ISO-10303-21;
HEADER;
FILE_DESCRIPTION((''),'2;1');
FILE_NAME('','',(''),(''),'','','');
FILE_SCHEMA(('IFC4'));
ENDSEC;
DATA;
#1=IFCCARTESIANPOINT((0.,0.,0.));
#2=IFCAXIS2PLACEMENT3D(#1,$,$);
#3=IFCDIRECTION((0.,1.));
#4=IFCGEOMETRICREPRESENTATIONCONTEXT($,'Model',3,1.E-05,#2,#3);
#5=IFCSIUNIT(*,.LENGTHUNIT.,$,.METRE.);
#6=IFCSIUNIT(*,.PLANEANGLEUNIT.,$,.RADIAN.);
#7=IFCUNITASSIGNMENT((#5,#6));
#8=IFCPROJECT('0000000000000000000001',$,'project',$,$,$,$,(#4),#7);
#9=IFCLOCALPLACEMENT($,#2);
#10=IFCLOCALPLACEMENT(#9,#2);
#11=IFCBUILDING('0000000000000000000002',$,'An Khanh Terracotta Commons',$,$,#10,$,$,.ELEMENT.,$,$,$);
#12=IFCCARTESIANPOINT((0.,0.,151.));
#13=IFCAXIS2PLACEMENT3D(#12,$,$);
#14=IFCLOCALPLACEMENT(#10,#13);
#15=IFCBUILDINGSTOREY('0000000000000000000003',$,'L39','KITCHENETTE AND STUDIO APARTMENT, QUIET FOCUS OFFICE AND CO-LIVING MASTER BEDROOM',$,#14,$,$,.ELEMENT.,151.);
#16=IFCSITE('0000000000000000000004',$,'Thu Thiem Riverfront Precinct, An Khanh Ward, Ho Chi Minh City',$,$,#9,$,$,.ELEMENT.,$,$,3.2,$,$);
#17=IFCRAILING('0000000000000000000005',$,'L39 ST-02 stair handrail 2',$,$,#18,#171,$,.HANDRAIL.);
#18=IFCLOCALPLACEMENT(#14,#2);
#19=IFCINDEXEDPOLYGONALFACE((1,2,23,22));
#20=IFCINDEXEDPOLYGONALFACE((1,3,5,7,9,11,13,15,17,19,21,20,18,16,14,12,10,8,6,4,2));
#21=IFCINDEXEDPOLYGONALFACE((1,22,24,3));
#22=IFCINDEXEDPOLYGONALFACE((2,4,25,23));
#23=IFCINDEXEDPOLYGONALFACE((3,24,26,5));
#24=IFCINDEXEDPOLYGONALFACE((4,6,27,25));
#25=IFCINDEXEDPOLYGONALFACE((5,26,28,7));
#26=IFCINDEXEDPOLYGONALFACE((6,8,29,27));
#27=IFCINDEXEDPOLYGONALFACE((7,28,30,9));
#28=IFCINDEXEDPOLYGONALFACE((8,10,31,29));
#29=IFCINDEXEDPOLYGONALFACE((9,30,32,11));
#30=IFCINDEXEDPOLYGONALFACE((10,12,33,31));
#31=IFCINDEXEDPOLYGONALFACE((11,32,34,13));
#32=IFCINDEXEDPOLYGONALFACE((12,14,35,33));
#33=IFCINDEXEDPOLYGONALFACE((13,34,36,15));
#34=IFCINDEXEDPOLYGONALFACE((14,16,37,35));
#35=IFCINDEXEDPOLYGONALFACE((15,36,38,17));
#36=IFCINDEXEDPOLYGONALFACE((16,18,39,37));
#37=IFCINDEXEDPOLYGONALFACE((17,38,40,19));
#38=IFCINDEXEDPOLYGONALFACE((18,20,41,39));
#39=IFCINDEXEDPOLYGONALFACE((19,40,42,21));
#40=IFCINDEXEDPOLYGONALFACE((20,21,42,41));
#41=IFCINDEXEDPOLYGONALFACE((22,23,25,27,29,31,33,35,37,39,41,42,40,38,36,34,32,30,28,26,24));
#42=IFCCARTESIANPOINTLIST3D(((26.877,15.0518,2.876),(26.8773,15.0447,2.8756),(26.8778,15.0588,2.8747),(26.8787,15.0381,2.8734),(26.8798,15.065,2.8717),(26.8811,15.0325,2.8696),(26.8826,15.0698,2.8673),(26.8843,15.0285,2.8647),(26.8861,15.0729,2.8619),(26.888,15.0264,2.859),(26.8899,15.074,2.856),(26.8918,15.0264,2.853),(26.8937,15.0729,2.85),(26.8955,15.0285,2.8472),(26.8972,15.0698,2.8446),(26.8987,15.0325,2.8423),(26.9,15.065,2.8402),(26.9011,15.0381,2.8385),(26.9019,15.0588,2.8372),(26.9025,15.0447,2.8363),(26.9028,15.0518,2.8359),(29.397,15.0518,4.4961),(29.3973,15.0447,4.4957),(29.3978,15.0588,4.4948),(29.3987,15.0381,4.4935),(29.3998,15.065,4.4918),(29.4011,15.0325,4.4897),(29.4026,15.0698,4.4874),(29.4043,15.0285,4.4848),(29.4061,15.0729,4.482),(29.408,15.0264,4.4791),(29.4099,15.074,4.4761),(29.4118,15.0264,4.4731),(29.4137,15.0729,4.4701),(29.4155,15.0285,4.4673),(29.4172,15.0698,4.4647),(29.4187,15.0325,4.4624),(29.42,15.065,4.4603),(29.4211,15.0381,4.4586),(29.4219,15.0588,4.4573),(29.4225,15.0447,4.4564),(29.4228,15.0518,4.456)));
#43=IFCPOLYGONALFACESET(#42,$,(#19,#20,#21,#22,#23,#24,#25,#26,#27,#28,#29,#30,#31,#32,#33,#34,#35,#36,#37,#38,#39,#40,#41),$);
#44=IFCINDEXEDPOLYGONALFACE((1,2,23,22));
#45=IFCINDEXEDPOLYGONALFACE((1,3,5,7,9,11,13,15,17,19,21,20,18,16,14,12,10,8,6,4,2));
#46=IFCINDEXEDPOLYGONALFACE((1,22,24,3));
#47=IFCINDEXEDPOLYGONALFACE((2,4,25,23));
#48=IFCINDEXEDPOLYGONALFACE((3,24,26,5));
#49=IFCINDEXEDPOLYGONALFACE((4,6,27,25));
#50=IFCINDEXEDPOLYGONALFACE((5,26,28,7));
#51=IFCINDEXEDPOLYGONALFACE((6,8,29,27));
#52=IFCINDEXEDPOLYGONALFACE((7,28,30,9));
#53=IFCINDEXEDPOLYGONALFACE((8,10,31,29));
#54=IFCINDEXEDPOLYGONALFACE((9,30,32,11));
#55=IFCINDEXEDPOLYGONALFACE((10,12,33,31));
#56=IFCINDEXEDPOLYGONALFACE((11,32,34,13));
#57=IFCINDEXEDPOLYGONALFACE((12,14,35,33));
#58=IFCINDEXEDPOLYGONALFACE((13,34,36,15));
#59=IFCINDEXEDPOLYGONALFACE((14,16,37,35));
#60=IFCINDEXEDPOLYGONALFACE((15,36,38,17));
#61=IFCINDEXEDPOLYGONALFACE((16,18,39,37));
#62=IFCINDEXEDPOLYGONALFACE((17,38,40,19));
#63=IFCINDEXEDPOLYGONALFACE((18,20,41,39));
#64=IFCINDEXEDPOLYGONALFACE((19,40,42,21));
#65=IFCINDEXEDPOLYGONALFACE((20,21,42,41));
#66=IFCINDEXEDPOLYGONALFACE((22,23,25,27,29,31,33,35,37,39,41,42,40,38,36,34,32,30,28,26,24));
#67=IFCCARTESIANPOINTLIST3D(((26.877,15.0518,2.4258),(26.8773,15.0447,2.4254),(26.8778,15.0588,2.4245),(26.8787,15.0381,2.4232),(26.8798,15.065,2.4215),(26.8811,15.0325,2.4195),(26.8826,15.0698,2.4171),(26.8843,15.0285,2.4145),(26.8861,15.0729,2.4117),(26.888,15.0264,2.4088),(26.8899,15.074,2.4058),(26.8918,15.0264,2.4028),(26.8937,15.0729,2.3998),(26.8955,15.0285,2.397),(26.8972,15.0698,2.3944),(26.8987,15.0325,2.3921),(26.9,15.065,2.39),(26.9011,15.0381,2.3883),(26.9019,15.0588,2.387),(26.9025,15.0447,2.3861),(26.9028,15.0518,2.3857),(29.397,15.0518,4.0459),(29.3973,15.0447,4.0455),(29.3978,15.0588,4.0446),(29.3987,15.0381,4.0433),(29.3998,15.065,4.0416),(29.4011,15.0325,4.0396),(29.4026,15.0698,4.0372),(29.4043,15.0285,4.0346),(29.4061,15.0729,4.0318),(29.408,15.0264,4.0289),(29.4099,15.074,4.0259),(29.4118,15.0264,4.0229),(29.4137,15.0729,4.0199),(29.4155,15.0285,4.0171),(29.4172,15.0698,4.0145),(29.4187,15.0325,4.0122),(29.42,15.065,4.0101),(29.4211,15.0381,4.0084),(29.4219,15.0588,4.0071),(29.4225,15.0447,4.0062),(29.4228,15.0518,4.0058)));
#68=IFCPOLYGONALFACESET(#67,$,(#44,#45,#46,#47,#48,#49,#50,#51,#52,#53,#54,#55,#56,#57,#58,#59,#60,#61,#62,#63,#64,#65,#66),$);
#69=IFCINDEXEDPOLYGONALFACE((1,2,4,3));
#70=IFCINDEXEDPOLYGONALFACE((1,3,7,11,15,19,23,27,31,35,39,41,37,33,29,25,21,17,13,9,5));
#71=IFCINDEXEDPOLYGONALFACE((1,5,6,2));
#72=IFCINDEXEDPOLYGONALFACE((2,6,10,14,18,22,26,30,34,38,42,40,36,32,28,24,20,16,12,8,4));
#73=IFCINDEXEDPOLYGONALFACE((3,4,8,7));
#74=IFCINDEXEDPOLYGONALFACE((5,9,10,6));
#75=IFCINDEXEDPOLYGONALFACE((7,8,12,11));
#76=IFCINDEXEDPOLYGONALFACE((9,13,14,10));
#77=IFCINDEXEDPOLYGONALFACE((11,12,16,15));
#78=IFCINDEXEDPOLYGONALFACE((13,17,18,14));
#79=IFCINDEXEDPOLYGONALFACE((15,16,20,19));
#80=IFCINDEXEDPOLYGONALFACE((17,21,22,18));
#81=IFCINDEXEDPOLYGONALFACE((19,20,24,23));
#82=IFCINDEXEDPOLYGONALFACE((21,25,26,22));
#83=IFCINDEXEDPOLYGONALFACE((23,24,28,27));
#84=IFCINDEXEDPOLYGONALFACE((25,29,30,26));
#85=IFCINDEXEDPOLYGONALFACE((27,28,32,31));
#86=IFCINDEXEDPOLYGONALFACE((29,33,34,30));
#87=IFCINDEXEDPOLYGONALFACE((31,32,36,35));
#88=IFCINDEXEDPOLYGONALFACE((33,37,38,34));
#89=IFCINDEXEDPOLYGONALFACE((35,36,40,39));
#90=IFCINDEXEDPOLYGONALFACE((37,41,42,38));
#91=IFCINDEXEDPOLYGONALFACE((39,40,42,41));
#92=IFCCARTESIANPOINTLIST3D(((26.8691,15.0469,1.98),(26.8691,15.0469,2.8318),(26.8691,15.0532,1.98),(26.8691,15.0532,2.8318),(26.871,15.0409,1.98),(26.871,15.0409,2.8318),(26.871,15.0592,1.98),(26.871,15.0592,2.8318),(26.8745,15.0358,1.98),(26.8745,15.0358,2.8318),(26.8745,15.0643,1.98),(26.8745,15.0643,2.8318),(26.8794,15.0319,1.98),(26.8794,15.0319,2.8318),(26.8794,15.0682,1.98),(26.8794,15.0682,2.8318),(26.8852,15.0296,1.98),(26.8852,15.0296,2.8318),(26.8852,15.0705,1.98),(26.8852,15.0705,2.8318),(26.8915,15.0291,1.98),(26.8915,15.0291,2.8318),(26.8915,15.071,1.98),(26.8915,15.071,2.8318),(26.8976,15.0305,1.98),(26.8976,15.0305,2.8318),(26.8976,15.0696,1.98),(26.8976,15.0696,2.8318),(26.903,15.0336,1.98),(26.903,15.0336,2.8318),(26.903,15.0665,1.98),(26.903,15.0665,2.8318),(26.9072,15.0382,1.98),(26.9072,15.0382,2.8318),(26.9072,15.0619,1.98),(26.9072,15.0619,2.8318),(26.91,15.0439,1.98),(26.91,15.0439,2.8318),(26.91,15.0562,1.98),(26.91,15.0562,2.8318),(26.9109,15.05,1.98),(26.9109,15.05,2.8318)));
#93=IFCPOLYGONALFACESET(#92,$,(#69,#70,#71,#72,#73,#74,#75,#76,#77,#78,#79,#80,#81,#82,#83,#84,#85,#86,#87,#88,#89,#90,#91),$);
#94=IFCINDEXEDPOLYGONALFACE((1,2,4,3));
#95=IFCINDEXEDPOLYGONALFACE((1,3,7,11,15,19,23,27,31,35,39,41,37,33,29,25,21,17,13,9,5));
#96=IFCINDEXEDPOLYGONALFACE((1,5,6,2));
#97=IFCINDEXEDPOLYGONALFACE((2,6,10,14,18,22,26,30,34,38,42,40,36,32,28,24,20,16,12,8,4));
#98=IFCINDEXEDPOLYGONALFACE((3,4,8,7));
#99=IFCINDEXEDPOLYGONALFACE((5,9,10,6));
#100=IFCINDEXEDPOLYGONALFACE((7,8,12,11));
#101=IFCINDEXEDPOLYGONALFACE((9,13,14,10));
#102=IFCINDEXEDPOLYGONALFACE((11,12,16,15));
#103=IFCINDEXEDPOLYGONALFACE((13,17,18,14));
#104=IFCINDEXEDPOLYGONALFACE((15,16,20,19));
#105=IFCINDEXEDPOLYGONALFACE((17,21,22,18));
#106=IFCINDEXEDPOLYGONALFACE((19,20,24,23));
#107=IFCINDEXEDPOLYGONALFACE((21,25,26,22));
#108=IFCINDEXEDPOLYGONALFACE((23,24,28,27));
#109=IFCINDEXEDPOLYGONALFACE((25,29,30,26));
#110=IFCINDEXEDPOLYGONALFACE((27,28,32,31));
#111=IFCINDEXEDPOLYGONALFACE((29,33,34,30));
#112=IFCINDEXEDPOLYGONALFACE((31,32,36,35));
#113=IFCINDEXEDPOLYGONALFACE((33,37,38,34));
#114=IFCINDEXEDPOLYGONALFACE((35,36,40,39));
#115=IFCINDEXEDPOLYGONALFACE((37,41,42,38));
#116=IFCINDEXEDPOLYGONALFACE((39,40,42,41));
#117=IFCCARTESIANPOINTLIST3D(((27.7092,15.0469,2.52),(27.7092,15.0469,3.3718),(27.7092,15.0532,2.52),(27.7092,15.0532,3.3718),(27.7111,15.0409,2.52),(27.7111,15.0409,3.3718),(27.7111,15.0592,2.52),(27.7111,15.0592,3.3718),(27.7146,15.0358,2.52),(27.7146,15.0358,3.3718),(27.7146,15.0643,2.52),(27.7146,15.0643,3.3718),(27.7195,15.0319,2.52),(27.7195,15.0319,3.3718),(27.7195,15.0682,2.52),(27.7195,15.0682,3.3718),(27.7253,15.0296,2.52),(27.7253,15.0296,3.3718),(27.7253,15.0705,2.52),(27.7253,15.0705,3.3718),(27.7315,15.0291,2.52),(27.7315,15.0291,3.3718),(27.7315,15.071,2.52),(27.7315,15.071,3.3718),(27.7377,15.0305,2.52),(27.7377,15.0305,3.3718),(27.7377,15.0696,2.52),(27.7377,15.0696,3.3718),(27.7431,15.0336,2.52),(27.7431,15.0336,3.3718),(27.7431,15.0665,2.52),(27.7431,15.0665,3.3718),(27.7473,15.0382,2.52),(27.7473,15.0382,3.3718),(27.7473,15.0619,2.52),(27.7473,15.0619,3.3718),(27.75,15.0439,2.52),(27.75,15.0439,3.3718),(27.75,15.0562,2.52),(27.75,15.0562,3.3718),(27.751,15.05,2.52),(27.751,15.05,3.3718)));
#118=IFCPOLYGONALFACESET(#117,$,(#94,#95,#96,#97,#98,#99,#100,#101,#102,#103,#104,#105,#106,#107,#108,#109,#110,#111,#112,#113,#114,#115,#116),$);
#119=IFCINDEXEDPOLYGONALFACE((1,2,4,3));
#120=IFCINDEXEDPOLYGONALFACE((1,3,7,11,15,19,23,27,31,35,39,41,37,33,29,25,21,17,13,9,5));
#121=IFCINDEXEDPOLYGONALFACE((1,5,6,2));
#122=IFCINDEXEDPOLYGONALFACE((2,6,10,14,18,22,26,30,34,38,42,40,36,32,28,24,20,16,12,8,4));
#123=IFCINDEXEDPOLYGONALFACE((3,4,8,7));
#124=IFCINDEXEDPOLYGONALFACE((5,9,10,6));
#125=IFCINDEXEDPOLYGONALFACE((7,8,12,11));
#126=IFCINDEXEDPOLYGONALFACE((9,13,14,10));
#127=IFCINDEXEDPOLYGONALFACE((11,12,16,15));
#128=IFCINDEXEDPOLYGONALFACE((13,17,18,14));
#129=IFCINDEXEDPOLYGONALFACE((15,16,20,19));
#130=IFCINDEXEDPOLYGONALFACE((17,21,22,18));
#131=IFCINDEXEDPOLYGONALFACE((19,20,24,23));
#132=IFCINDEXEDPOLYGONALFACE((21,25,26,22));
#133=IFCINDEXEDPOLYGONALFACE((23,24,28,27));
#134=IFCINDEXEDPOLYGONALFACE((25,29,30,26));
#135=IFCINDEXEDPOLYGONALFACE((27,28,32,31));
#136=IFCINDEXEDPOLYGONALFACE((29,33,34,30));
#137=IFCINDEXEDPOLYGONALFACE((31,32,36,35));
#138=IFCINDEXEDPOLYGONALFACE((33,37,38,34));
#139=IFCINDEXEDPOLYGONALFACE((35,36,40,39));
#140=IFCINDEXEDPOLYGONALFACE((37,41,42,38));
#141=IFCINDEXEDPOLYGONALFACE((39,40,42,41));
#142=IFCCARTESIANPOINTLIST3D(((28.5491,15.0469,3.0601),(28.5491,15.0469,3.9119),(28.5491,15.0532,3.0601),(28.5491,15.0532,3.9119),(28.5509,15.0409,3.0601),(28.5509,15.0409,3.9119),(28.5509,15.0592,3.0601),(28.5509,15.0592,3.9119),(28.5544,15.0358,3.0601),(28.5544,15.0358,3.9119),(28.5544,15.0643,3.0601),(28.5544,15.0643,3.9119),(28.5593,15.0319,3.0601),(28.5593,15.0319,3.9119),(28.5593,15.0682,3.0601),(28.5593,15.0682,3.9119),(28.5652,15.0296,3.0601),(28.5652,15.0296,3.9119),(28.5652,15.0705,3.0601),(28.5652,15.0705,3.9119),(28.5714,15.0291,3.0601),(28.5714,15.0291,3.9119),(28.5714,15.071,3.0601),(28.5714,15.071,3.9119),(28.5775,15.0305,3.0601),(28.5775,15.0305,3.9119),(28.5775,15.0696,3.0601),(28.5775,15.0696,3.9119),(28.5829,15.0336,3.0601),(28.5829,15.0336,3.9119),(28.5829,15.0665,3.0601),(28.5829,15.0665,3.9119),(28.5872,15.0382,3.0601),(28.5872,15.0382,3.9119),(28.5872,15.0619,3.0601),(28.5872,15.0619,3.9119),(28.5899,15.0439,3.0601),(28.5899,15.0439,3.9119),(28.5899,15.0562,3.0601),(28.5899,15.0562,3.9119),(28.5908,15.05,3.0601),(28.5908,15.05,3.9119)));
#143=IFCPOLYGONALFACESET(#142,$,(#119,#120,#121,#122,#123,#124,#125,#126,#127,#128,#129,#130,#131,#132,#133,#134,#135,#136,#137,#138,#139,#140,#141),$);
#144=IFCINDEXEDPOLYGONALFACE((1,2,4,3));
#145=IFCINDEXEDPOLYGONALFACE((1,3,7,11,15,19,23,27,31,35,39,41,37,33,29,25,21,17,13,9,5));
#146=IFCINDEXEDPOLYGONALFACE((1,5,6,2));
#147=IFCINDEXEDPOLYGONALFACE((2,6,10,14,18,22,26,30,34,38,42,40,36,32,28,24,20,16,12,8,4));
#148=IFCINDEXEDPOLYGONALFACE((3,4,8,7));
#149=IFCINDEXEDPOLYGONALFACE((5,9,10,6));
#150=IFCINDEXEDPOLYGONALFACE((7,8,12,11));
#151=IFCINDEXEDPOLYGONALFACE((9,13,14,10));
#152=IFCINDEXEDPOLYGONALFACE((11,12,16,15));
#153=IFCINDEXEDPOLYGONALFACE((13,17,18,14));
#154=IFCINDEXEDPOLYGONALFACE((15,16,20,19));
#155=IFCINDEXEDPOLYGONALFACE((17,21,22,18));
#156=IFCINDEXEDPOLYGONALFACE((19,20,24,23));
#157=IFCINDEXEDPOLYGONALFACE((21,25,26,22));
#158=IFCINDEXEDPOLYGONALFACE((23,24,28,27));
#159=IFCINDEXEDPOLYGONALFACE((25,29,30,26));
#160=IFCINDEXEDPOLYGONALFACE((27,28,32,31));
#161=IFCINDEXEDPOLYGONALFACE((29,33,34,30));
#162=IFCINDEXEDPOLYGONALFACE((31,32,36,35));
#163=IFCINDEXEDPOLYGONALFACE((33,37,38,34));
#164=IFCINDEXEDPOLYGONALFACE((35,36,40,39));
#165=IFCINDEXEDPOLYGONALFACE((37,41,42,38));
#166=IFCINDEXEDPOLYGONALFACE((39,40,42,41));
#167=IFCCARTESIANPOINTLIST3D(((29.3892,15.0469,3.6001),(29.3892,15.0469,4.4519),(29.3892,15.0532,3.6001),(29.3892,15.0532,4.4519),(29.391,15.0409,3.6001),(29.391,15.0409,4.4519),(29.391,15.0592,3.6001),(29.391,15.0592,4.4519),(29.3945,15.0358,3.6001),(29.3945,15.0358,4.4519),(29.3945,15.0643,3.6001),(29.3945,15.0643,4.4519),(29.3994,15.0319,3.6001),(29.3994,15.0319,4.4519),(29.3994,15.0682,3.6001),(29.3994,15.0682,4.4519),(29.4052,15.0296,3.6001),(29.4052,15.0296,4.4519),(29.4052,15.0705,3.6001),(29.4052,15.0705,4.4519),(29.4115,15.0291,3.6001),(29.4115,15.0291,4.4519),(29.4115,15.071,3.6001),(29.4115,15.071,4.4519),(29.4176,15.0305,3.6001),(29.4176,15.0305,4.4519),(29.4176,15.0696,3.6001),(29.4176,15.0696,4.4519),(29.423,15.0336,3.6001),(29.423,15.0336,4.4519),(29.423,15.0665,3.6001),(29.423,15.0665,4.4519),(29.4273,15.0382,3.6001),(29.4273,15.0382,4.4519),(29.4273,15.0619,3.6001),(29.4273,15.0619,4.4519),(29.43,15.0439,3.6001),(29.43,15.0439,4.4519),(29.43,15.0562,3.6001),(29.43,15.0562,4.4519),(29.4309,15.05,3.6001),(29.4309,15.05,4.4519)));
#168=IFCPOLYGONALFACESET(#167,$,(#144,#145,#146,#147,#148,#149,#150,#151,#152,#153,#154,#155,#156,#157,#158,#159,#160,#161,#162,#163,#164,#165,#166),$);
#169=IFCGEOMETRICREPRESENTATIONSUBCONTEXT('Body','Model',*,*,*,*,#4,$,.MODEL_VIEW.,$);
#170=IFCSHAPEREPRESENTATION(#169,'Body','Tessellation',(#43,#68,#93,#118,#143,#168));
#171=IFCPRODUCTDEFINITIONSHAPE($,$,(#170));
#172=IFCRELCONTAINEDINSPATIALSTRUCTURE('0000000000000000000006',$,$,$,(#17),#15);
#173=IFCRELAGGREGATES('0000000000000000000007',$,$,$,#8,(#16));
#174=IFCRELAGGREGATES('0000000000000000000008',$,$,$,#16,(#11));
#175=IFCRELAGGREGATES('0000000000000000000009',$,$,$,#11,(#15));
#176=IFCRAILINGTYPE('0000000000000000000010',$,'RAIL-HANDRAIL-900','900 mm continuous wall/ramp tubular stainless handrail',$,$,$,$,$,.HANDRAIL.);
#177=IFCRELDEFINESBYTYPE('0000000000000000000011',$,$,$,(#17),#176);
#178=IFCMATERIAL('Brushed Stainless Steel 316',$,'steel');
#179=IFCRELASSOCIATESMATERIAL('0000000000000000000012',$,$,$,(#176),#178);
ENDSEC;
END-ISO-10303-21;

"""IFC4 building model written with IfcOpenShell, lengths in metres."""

from ifc_helpers import new_model, si_unit, direction, frame, origin, origin_2d, place, context, subcontext, project, spatial, circle, extrude, material, type_object, element, save


model = new_model("IFC4")

# Units and contexts
model_context = context("Model", 3, precision=1e-05, world=origin(), true_north=direction((0.0, 1.0)))
body_context = subcontext(model_context, "Body", "Model", "MODEL_VIEW")
ifc_project = project(units=[si_unit("LENGTHUNIT", "METRE"), si_unit("PLANEANGLEUNIT", "RADIAN")], contexts=[model_context])

# Site, building, storey
site_placement = place(None, origin())
site = spatial("IfcSite", under=ifc_project, at=site_placement, Name="Thu Thiem Riverfront Precinct, An Khanh Ward, Ho Chi Minh City", CompositionType="ELEMENT", RefElevation=3.2)
building_placement = place(site_placement, origin())
building = spatial("IfcBuilding", under=site, at=building_placement, Name="An Khanh Terracotta Commons", CompositionType="ELEMENT")
storey_placement = place(building_placement, frame((0.0, 0.0, 151.0)))
storey = spatial("IfcBuildingStorey", under=building, at=storey_placement, Name="L39", Description="KITCHENETTE AND STUDIO APARTMENT, QUIET FOCUS OFFICE AND CO-LIVING MASTER BEDROOM", CompositionType="ELEMENT", Elevation=151.0)

# Railing
ifc_material_1 = material(Name="Brushed Stainless Steel 316", Category="steel")
railing_type_1 = type_object("IfcRailingType", Name="RAIL-HANDRAIL-900", Description="900 mm continuous wall/ramp tubular stainless handrail", PredefinedType="HANDRAIL", material=ifc_material_1)
railing_1_placement = place(storey_placement, frame((26.8899, 15.05, 1.98)))
element("IfcRailing", 1, at=railing_1_placement, inside=storey, type_object=railing_type_1, Name="L39 ST-02 stair handrail 2", PredefinedType="HANDRAIL", context=body_context, shape_type="SweptSolid", body=[
    extrude(circle(Radius=0.0239, at=origin_2d()), frame((0.0, 0.0, 0.876), z_axis=(0.841163, 0.0, 0.540782), x_axis=(0.0, 1.0, 0.0)), (0.0, 0.0, 1.0), 2.9958),
    extrude(circle(Radius=0.0239, at=origin_2d()), frame((0.0, 0.0, 0.4258), z_axis=(0.841163, 0.0, 0.540782), x_axis=(0.0, 1.0, 0.0)), (0.0, 0.0, 1.0), 2.9958),
    extrude(circle(Radius=0.021, at=origin_2d()), origin(), (0.0, 0.0, 1.0), 0.8518),
    extrude(circle(Radius=0.021, at=origin_2d()), frame((0.8401, 0.0, 0.54)), (0.0, 0.0, 1.0), 0.8518),
    extrude(circle(Radius=0.021, at=origin_2d()), frame((1.6799, 0.0, 1.0801)), (0.0, 0.0, 1.0), 0.8518),
    extrude(circle(Radius=0.021, at=origin_2d()), frame((2.52, 0.0, 1.6201)), (0.0, 0.0, 1.0), 0.8518),
])

save(model, "model.ifc")
